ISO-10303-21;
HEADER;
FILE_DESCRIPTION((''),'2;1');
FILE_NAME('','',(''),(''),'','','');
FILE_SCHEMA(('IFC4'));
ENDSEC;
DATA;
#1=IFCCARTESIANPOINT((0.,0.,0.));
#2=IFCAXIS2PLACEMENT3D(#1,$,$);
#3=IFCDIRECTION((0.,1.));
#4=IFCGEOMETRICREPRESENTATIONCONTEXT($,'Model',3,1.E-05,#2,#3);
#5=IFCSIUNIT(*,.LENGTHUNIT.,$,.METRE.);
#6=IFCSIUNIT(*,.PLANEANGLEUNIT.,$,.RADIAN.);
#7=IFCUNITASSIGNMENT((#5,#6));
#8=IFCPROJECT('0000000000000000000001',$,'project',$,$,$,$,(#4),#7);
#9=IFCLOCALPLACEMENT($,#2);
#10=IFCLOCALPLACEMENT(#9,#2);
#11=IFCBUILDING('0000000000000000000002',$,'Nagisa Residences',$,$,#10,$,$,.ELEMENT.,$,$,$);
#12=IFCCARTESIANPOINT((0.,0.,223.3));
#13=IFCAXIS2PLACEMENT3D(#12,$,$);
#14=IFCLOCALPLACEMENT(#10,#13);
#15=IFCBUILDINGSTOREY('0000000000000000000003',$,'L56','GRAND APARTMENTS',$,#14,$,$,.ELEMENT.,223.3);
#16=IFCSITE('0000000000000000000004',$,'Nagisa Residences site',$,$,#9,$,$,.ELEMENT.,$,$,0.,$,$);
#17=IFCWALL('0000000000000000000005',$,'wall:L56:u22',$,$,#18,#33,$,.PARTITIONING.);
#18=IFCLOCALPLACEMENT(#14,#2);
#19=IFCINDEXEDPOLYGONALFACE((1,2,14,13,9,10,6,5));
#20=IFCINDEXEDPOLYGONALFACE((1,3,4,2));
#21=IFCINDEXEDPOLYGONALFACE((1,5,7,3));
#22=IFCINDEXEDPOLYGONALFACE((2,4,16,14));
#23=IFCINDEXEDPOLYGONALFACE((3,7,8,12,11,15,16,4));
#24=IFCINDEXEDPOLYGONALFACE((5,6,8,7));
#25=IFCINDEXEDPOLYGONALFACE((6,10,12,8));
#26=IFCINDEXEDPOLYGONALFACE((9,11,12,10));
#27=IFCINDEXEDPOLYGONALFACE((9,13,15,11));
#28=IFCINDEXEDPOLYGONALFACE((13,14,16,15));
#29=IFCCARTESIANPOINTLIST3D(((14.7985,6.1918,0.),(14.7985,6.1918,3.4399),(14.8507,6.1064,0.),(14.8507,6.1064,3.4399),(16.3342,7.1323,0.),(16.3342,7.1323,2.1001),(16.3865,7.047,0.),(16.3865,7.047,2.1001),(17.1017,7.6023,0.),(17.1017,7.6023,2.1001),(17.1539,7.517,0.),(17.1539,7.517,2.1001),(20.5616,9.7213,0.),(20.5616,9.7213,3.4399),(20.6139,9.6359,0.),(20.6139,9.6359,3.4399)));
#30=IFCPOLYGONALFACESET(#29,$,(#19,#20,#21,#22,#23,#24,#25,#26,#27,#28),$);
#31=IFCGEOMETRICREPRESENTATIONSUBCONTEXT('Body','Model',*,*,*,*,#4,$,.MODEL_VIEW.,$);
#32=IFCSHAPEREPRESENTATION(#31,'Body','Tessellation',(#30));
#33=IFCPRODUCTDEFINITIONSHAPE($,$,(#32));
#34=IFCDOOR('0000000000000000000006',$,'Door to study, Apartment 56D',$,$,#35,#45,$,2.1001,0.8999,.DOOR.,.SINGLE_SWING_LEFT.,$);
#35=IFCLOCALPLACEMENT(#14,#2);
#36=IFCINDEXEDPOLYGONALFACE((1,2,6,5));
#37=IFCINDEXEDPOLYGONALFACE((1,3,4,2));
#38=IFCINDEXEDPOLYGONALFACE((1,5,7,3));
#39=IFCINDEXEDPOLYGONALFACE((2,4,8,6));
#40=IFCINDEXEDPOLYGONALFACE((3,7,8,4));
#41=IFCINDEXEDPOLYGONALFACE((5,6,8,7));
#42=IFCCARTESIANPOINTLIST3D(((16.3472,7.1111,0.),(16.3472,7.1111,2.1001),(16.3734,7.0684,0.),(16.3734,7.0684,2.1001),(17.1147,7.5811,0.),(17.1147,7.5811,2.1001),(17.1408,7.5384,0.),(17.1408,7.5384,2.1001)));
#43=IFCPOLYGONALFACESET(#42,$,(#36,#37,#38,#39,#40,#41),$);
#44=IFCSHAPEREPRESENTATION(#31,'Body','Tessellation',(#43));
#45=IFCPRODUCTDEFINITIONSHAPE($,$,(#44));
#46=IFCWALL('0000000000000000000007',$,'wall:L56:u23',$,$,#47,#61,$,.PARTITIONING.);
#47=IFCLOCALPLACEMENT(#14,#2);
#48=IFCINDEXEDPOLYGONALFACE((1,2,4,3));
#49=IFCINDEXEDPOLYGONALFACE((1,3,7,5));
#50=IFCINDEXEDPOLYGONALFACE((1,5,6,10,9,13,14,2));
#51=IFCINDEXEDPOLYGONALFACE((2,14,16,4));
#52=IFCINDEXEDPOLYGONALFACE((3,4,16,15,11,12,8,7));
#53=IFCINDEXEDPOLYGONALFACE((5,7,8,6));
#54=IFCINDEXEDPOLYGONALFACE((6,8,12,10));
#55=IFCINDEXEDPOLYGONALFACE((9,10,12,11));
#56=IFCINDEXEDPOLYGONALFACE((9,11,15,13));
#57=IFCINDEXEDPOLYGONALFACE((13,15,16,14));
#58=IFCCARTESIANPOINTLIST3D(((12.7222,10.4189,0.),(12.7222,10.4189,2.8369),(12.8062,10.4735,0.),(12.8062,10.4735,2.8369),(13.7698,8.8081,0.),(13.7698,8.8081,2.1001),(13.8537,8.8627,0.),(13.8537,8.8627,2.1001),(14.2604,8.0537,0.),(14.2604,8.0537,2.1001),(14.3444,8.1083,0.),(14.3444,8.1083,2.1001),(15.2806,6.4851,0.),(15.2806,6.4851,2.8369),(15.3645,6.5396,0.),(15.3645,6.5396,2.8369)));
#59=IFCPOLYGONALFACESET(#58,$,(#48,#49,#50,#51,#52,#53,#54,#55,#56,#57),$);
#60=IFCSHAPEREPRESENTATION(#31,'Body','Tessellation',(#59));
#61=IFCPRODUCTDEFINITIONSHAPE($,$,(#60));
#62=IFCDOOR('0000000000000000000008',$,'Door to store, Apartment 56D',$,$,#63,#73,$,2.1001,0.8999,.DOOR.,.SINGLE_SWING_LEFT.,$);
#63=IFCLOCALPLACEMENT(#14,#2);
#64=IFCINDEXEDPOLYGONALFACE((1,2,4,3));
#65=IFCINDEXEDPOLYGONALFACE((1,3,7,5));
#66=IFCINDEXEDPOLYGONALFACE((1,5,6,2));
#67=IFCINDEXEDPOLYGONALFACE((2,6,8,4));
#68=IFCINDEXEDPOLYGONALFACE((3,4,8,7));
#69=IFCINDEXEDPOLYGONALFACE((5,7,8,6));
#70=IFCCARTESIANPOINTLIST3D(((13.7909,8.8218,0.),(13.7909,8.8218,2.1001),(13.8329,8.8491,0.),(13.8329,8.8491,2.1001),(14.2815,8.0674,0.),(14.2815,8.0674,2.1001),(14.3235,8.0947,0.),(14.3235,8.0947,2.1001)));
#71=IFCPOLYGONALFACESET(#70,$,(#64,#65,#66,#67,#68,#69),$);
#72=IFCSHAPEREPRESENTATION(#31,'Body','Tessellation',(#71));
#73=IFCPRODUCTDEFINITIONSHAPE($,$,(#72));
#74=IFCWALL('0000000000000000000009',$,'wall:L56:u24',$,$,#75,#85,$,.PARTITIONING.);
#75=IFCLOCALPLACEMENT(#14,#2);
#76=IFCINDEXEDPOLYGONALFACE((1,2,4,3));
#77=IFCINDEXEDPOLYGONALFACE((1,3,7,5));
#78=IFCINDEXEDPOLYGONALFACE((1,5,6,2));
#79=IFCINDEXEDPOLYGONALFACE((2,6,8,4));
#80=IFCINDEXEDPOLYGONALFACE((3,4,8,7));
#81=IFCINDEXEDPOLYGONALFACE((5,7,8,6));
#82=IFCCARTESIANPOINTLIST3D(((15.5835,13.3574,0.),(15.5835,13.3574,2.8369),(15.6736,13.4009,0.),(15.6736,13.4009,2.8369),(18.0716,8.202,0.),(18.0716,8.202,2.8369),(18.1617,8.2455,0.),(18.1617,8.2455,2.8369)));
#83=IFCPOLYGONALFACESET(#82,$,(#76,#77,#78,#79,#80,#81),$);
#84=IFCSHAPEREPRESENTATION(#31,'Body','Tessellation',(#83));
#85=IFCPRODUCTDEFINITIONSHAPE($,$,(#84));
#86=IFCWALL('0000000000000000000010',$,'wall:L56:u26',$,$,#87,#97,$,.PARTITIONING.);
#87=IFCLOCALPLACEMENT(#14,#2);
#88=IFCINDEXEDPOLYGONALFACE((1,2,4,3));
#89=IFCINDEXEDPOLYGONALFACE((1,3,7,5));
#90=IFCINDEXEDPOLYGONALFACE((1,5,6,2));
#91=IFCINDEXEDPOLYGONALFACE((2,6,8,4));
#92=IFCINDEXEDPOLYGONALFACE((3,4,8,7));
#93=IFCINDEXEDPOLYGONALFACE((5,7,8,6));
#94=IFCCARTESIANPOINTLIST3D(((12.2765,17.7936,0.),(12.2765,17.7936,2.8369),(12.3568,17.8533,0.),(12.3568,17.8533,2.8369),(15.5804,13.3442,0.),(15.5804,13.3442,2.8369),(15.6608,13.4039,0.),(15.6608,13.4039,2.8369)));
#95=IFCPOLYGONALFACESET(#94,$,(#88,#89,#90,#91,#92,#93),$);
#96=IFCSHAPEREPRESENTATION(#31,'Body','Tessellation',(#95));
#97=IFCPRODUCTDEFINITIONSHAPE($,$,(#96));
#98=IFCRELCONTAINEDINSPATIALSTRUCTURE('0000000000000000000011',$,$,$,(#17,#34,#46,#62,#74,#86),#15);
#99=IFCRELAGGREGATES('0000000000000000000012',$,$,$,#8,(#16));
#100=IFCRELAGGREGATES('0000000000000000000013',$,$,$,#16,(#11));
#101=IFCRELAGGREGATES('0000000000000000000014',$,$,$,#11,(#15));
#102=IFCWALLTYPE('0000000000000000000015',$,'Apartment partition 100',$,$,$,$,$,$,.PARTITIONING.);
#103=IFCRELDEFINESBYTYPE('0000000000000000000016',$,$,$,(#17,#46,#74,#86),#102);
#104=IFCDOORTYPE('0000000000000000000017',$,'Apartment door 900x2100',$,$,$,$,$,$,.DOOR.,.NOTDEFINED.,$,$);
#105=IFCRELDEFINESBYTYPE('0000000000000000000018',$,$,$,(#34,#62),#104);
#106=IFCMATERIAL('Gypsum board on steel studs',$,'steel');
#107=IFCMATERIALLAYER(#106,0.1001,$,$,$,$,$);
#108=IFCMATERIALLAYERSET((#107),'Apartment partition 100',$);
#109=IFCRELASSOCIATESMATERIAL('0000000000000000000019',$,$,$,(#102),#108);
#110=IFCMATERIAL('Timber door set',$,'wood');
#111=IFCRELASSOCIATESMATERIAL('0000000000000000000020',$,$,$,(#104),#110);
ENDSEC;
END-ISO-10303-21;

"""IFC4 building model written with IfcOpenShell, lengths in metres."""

from ifc_helpers import new_model, si_unit, direction, frame, frame_2d, origin, place, context, subcontext, project, spatial, rectangle, extrude, material, layer, layer_set, type_object, element, fill, save


model = new_model("IFC4")

# Units and contexts
model_context = context("Model", 3, precision=1e-05, world=origin(), true_north=direction((0.0, 1.0)))
body_context = subcontext(model_context, "Body", "Model", "MODEL_VIEW")
ifc_project = project(units=[si_unit("LENGTHUNIT", "METRE"), si_unit("PLANEANGLEUNIT", "RADIAN")], contexts=[model_context])

# Site, building, storey
site_placement = place(None, origin())
site = spatial("IfcSite", under=ifc_project, at=site_placement, Name="Nagisa Residences site", CompositionType="ELEMENT", RefElevation=0.0)
building_placement = place(site_placement, origin())
building = spatial("IfcBuilding", under=site, at=building_placement, Name="Nagisa Residences", CompositionType="ELEMENT")
storey_placement = place(building_placement, frame((0.0, 0.0, 223.3)))
storey = spatial("IfcBuildingStorey", under=building, at=storey_placement, Name="L56", Description="GRAND APARTMENTS", CompositionType="ELEMENT", Elevation=223.3)

# Shared definitions
ifc_material_1 = material(Name="Gypsum board on steel studs", Category="steel")
ifc_layer_1 = layer(ifc_material_1, 0.1001)
ifc_layer_set_1 = layer_set([ifc_layer_1], Name="Apartment partition 100")
wall_type_1 = type_object("IfcWallType", Name="Apartment partition 100", PredefinedType="PARTITIONING", material=ifc_layer_set_1)

# Shared definitions
ifc_material_2 = material(Name="Timber door set", Category="wood")
door_type_1 = type_object("IfcDoorType", Name="Apartment door 900x2100", OperationType="NOTDEFINED", PredefinedType="DOOR", material=ifc_material_2)

# Walls, openings, doors
wall_1_placement = place(storey_placement, frame((14.8247, 6.1492, 0.0), z_axis=(0.0, 0.0, 1.0), x_axis=(0.852781, 0.522268, 0.0)))
wall_1 = element("IfcWall", 1, at=wall_1_placement, inside=storey, type_object=wall_type_1, Name="wall:L56:u22", PredefinedType="PARTITIONING", context=body_context, shape_type="SweptSolid", body=[
    extrude(rectangle(XDim=6.7581, YDim=0.1001, at=frame_2d((3.3789, 0.0))), origin(), (0.0, 0.0, 1.0), 3.4399),
])
opening_1_placement = place(wall_1_placement, frame((1.8008, 0.0, 0.0)))
opening_1 = element("IfcOpeningElement", 2, at=opening_1_placement, cuts=wall_1, PredefinedType="OPENING", context=body_context, shape_type="SweptSolid", body=[
    extrude(rectangle(XDim=0.8999, YDim=2.1001, at=frame_2d((0.45, 1.05))), frame((0.0, 0.0601, 0.0), z_axis=(0.0, -1.0, 0.0), x_axis=(1.0, 0.0, 0.0)), (0.0, 0.0, 1.0), 0.1201),
])
door_1_placement = place(opening_1_placement, frame((0.8999, 0.0, 0.0), x_axis=(-1.0, 0.0, 0.0)))
door_1 = element("IfcDoor", 3, at=door_1_placement, inside=storey, type_object=door_type_1, Name="Door to study, Apartment 56D", OperationType="SINGLE_SWING_LEFT", OverallHeight=2.1001, OverallWidth=0.8999, PredefinedType="DOOR", context=body_context, shape_type="SweptSolid", body=[
    extrude(rectangle(XDim=0.8999, YDim=2.1001, at=frame_2d((0.45, 1.05))), frame((0.0, 0.0249, 0.0), z_axis=(0.0, -1.0, 0.0), x_axis=(1.0, 0.0, 0.0)), (0.0, 0.0, 1.0), 0.05),
])
fill(opening_1, door_1)
wall_2_placement = place(storey_placement, frame((15.3225, 6.5125, 0.0), z_axis=(0.0, 0.0, 1.0), x_axis=(-0.545191, 0.838312, 0.0)))
wall_2 = element("IfcWall", 4, at=wall_2_placement, inside=storey, type_object=wall_type_1, Name="wall:L56:u23", PredefinedType="PARTITIONING", context=body_context, shape_type="SweptSolid", body=[
    extrude(rectangle(XDim=4.6926, YDim=0.1001, at=frame_2d((2.3462, 0.0))), origin(), (0.0, 0.0, 1.0), 2.8369),
])
opening_2_placement = place(wall_2_placement, frame((1.8711, 0.0, 0.0)))
opening_2 = element("IfcOpeningElement", 5, at=opening_2_placement, cuts=wall_2, PredefinedType="OPENING", context=body_context, shape_type="SweptSolid", body=[
    extrude(rectangle(XDim=0.8999, YDim=2.1001, at=frame_2d((0.45, 1.05))), frame((0.0, 0.0601, 0.0), z_axis=(0.0, -1.0, 0.0), x_axis=(1.0, 0.0, 0.0)), (0.0, 0.0, 1.0), 0.1201),
])
door_2_placement = place(opening_2_placement, origin())
door_2 = element("IfcDoor", 6, at=door_2_placement, inside=storey, type_object=door_type_1, Name="Door to store, Apartment 56D", OperationType="SINGLE_SWING_LEFT", OverallHeight=2.1001, OverallWidth=0.8999, PredefinedType="DOOR", context=body_context, shape_type="SweptSolid", body=[
    extrude(rectangle(XDim=0.8999, YDim=2.1001, at=frame_2d((0.45, 1.05))), frame((0.0, 0.0249, 0.0), z_axis=(0.0, -1.0, 0.0), x_axis=(1.0, 0.0, 0.0)), (0.0, 0.0, 1.0), 0.05),
])
fill(opening_2, door_2)

# Walls
wall_3_placement = place(storey_placement, frame((18.1167, 8.2236, 0.0), z_axis=(0.0, 0.0, 1.0), x_axis=(-0.434648, 0.900601, 0.0)))
element("IfcWall", 7, at=wall_3_placement, inside=storey, type_object=wall_type_1, Name="wall:L56:u24", PredefinedType="PARTITIONING", context=body_context, shape_type="SweptSolid", body=[
    extrude(rectangle(XDim=5.7244, YDim=0.1001, at=frame_2d((2.8623, 0.0))), origin(), (0.0, 0.0, 1.0), 2.8369),
])
wall_4_placement = place(storey_placement, frame((15.6206, 13.374, 0.0), z_axis=(0.0, 0.0, 1.0), x_axis=(-0.596166, 0.802861, 0.0)))
element("IfcWall", 8, at=wall_4_placement, inside=storey, type_object=wall_type_1, Name="wall:L56:u26", PredefinedType="PARTITIONING", context=body_context, shape_type="SweptSolid", body=[
    extrude(rectangle(XDim=5.542, YDim=0.1001, at=frame_2d((2.771, 0.0))), origin(), (0.0, 0.0, 1.0), 2.8369),
])

save(model, "model.ifc")
